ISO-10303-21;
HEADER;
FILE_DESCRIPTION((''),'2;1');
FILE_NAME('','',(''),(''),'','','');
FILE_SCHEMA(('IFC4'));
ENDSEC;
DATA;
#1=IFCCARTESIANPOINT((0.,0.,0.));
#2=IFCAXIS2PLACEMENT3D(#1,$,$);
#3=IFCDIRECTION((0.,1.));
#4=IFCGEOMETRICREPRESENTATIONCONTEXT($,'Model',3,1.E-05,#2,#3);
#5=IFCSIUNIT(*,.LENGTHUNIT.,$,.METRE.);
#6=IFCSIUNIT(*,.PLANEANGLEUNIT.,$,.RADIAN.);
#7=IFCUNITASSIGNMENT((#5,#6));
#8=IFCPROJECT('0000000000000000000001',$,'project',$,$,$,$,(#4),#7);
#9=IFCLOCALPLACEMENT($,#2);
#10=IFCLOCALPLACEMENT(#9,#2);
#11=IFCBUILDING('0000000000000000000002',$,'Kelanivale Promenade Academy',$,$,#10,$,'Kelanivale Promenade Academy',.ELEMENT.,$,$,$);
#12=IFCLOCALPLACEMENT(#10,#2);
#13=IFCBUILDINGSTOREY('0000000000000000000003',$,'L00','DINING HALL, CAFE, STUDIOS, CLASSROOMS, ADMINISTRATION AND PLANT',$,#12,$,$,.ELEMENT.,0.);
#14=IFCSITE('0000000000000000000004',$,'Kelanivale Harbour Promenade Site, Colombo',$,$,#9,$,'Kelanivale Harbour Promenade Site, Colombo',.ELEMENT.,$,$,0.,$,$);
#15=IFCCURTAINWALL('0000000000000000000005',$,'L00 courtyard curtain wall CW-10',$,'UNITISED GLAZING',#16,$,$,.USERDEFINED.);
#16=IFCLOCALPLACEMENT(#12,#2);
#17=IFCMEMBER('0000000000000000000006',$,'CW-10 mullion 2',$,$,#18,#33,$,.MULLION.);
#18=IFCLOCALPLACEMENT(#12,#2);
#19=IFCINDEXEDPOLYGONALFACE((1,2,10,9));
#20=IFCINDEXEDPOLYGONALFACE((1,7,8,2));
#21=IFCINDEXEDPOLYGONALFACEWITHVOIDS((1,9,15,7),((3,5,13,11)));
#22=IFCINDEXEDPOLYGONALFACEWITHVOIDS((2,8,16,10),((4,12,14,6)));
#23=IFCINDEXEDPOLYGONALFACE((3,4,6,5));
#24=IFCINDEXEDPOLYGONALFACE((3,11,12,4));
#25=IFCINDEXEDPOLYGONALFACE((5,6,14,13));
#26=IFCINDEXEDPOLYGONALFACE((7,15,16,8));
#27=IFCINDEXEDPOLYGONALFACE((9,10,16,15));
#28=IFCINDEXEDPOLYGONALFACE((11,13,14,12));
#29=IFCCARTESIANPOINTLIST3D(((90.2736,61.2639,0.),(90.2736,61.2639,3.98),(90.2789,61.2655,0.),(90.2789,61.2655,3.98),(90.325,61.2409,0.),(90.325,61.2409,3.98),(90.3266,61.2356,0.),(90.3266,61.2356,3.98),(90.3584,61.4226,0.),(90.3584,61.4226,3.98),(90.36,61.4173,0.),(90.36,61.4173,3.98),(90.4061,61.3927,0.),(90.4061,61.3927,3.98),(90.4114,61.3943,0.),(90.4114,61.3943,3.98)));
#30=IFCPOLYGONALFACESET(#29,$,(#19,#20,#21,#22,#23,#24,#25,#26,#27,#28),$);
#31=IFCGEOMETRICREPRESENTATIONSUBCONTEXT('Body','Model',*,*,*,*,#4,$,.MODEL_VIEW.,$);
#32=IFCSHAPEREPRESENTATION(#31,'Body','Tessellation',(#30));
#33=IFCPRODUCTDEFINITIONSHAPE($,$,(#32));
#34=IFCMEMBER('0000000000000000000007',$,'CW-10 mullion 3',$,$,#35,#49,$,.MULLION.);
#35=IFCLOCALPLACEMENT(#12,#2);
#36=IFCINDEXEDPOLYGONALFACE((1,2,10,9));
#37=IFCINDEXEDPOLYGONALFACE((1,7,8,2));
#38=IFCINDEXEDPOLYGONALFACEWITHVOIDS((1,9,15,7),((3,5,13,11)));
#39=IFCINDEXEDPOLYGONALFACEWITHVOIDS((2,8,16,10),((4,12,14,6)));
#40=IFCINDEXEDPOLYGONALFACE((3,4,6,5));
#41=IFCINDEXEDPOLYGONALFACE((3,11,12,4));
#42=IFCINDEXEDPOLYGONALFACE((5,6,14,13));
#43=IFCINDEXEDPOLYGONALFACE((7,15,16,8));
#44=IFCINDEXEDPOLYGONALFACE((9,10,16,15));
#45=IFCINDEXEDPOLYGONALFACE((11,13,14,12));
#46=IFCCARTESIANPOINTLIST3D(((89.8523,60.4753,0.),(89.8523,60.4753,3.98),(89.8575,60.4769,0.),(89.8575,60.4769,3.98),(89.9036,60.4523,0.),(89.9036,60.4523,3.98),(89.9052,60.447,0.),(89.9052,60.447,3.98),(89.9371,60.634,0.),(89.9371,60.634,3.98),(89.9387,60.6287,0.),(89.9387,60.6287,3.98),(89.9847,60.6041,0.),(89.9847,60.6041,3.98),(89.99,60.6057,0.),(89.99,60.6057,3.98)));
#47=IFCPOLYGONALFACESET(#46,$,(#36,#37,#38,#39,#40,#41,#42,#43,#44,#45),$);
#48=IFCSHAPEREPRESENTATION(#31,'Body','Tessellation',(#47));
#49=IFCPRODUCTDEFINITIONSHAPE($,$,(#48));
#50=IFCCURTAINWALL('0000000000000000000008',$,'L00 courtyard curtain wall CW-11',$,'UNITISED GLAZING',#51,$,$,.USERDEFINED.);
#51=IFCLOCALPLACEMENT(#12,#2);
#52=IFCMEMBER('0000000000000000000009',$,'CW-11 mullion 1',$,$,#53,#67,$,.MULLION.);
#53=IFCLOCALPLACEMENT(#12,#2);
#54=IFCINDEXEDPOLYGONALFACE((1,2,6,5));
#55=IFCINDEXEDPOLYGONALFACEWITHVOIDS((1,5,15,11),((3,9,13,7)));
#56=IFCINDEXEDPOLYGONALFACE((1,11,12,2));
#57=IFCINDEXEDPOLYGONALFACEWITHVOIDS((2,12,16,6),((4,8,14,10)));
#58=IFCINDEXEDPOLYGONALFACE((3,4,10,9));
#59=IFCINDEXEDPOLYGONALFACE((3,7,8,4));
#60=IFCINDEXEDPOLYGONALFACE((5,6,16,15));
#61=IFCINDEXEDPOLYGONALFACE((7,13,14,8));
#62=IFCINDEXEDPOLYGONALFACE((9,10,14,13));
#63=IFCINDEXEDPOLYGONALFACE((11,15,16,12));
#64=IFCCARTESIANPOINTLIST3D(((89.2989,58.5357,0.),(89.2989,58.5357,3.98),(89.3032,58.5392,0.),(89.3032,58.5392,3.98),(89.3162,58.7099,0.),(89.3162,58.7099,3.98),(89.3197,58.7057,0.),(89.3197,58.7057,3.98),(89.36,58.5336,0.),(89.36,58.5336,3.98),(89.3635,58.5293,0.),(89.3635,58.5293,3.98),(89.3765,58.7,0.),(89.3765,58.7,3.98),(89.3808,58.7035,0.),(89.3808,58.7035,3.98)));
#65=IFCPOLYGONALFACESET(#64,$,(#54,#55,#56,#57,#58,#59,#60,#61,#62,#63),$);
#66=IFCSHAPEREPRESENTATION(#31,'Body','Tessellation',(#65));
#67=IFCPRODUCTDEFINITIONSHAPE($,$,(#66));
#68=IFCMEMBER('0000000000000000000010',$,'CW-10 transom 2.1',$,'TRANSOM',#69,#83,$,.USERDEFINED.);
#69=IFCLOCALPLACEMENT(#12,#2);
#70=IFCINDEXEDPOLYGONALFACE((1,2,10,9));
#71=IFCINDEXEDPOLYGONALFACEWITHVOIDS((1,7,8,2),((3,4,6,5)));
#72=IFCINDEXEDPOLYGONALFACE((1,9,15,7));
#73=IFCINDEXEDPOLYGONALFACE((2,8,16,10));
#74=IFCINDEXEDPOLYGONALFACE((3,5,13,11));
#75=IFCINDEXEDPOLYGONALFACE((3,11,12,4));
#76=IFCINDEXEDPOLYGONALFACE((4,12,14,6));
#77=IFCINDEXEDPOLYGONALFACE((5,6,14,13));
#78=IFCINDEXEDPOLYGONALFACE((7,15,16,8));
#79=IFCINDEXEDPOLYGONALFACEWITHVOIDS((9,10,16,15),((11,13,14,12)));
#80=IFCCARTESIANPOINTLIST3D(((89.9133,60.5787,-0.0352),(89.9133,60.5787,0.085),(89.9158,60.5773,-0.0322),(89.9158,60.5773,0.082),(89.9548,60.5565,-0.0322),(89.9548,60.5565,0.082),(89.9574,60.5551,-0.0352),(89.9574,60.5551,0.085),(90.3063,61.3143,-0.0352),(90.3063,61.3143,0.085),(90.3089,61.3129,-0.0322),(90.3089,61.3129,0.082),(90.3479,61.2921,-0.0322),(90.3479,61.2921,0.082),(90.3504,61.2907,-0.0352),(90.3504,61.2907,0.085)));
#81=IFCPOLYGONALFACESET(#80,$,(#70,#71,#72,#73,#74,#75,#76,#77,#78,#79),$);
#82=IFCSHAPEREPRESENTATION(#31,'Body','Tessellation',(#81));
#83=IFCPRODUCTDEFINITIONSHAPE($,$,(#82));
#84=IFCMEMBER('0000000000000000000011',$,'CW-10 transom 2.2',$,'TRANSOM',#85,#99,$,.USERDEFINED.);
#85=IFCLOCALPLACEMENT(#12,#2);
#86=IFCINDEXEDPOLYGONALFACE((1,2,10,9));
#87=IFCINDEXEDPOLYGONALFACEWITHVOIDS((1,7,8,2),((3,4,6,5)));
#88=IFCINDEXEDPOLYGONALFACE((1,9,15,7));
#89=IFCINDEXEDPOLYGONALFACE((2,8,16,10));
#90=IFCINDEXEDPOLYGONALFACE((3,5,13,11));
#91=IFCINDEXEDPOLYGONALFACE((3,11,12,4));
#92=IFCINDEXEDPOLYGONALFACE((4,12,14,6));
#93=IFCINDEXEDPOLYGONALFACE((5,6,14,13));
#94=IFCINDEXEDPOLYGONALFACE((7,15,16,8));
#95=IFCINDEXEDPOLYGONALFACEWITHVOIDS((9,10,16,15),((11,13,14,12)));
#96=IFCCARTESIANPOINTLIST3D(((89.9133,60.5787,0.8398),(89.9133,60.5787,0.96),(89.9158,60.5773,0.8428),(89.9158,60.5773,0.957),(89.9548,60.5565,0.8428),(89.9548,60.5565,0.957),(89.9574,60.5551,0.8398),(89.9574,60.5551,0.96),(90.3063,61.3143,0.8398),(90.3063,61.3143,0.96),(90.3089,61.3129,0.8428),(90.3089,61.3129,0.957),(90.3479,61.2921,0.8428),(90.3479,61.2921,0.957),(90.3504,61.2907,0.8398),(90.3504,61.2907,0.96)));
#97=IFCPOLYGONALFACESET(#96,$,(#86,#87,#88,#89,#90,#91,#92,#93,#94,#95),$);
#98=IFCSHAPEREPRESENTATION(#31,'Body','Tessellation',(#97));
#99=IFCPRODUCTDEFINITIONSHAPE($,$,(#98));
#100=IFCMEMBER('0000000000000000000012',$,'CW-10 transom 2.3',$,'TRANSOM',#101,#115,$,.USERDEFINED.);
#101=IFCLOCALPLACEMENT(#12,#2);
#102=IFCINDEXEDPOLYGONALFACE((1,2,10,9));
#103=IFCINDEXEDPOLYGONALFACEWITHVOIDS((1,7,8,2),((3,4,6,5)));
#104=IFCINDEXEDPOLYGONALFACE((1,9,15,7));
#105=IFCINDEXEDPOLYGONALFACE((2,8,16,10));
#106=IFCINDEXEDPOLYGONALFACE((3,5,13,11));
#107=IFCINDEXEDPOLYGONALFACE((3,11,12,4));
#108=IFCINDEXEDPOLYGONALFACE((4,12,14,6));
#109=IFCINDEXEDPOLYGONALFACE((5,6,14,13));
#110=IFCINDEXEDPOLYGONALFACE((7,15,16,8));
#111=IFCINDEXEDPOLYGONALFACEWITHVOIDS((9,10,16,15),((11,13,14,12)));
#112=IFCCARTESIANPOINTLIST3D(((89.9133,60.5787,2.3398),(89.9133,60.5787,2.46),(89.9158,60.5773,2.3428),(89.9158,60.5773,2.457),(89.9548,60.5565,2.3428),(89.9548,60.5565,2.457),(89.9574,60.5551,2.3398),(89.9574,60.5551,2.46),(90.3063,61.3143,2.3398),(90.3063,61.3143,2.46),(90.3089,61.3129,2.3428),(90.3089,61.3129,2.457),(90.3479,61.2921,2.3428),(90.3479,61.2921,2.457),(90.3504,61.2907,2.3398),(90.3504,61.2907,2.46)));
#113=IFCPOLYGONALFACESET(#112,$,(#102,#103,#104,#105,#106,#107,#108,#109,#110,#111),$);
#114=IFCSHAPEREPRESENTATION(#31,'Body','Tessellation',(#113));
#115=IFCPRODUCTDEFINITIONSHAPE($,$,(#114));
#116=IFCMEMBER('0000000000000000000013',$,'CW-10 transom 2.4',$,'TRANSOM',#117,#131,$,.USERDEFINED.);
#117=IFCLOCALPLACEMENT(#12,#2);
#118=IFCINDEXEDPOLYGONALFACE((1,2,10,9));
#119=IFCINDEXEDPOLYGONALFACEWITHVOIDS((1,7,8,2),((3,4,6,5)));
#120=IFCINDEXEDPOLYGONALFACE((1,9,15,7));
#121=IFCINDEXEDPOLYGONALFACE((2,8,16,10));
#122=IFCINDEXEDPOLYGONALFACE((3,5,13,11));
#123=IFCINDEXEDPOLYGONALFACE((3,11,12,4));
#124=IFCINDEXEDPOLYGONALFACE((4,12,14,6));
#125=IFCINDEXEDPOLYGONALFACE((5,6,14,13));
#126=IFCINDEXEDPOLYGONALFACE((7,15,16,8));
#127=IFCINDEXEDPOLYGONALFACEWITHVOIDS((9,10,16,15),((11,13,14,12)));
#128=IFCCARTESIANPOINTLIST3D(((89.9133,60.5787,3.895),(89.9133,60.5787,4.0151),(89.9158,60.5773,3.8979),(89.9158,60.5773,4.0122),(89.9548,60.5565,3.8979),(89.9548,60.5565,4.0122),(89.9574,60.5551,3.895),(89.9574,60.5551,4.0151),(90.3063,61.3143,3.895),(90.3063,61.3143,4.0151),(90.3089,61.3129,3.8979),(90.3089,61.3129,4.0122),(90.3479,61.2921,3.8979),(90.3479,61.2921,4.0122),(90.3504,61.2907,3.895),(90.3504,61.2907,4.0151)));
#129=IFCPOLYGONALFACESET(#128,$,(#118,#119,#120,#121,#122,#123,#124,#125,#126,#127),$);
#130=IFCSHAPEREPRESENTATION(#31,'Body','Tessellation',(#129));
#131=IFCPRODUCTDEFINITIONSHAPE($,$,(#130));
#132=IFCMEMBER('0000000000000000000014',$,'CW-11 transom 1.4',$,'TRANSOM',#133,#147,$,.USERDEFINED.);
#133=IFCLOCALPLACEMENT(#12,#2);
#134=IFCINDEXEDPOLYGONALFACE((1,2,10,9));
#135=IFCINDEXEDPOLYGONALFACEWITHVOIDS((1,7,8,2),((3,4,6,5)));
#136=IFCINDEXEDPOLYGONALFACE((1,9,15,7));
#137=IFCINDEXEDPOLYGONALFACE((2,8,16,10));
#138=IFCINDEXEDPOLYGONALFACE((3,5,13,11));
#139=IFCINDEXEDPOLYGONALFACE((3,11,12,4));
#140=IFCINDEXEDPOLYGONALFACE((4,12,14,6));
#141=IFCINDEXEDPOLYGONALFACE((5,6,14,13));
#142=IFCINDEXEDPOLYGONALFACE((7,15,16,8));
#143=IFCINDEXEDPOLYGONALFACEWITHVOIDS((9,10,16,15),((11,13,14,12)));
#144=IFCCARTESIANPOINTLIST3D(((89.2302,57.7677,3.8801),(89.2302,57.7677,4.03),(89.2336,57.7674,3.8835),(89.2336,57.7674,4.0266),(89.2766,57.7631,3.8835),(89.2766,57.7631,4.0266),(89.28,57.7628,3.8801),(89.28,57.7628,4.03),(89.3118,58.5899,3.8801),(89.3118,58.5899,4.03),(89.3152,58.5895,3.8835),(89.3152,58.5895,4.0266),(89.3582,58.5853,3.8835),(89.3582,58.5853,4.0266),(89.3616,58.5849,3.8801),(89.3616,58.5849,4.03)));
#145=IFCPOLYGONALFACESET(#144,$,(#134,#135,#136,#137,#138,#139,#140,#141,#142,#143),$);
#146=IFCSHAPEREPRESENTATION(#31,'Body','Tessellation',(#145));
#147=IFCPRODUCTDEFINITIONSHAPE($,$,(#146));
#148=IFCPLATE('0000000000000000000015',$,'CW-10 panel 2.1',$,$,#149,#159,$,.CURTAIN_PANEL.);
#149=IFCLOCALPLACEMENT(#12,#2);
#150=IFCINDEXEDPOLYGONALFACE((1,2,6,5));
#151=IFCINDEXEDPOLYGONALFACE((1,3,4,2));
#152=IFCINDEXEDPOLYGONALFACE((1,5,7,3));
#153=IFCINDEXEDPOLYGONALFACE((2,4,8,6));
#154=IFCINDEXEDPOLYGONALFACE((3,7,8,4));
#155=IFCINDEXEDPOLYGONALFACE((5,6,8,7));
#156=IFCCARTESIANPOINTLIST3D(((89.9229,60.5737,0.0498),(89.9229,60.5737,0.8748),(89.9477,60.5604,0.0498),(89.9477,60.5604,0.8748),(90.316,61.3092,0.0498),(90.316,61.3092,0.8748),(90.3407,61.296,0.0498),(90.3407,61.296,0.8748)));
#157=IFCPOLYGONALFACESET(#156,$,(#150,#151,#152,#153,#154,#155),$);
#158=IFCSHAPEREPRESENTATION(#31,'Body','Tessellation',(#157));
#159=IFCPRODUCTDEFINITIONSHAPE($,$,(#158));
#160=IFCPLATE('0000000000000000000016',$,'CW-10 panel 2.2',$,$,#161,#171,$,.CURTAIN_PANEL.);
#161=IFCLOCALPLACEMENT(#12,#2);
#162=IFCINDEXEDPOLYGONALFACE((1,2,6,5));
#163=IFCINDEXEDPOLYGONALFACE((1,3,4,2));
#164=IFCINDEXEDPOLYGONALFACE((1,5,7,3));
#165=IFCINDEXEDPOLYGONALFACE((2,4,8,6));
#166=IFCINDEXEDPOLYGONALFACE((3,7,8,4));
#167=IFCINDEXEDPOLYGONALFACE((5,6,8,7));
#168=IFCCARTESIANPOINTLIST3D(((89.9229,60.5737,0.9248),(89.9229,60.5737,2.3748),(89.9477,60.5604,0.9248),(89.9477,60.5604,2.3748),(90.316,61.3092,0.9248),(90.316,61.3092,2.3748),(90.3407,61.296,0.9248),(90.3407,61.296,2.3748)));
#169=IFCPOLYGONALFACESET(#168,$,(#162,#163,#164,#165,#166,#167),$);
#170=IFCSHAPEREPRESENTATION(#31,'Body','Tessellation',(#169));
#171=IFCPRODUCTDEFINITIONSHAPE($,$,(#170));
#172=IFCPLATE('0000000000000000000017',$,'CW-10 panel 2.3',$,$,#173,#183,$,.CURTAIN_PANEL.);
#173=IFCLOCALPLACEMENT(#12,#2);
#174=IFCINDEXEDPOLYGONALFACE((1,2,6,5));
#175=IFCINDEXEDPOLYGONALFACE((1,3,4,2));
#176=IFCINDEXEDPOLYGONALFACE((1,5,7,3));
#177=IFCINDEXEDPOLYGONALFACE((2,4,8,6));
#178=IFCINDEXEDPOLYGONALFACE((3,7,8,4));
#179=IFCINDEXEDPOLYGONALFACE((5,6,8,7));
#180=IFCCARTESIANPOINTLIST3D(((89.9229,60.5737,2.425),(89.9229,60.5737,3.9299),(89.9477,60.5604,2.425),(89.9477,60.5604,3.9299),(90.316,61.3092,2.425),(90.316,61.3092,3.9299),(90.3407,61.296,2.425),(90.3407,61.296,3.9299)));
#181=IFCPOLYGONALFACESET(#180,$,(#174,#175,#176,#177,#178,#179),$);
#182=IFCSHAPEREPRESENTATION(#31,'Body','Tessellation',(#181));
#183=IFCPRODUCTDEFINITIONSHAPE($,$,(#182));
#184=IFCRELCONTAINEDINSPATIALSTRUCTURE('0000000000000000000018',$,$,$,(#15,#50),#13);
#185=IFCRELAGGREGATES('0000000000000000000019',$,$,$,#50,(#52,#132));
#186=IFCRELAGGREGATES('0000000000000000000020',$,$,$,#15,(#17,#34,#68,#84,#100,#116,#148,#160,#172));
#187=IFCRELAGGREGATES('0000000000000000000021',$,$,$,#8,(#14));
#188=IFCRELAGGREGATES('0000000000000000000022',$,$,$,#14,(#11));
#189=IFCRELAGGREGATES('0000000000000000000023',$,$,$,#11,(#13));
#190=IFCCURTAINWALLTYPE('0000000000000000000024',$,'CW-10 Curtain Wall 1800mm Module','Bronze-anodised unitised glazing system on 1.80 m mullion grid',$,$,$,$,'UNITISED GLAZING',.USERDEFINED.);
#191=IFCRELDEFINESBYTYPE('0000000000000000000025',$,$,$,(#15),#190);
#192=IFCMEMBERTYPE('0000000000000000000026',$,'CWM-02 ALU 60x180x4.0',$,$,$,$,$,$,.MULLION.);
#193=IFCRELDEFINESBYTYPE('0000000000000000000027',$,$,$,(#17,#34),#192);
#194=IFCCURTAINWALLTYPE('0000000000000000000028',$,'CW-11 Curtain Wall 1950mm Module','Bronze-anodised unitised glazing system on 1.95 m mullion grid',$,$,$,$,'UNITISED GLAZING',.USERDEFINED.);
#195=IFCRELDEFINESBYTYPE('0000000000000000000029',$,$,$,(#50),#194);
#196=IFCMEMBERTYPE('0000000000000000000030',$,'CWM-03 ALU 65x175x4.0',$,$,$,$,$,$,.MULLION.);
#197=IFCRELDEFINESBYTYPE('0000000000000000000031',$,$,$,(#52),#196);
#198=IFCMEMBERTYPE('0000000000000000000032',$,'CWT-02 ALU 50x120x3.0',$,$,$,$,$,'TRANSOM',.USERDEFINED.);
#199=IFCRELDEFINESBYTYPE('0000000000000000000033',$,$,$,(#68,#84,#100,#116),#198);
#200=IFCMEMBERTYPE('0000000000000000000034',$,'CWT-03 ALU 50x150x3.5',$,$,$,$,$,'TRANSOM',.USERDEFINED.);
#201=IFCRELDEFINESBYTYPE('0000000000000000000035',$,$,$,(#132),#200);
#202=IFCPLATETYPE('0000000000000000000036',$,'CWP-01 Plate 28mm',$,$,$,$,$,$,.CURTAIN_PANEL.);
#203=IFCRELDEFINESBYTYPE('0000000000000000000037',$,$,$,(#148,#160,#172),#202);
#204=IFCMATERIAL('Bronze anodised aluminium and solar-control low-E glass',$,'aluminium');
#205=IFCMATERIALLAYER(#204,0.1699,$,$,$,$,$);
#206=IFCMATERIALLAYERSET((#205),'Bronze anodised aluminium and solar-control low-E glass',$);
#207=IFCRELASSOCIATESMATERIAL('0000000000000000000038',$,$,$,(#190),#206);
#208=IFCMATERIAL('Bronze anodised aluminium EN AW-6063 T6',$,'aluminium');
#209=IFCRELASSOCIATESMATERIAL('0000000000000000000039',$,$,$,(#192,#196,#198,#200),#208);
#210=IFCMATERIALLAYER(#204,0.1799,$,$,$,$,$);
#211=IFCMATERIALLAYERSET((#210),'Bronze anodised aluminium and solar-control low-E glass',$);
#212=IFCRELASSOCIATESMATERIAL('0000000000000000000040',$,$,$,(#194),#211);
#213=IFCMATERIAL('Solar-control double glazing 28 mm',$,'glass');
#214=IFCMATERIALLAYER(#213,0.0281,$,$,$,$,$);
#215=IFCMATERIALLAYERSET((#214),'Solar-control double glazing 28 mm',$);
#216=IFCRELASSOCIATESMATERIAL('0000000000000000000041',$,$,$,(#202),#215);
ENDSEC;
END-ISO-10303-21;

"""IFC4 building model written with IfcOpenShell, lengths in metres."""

from ifc_helpers import new_model, si_unit, direction, frame, origin, origin_2d, place, context, subcontext, project, spatial, rectangle, hollow_rectangle, extrude, material, layer, layer_set, material_profile, profile_set, type_object, element, aggregate, save


model = new_model("IFC4")

# Units and contexts
model_context = context("Model", 3, precision=1e-05, world=origin(), true_north=direction((0.0, 1.0)))
body_context = subcontext(model_context, "Body", "Model", "MODEL_VIEW")
ifc_project = project(units=[si_unit("LENGTHUNIT", "METRE"), si_unit("PLANEANGLEUNIT", "RADIAN")], contexts=[model_context])

# Site, building, storey
site_placement = place(None, origin())
site = spatial("IfcSite", under=ifc_project, at=site_placement, Name="Kelanivale Harbour Promenade Site, Colombo", LongName="Kelanivale Harbour Promenade Site, Colombo", CompositionType="ELEMENT", RefElevation=0.0)
building_placement = place(site_placement, origin())
building = spatial("IfcBuilding", under=site, at=building_placement, Name="Kelanivale Promenade Academy", LongName="Kelanivale Promenade Academy", CompositionType="ELEMENT")
storey_placement = place(building_placement, origin())
storey = spatial("IfcBuildingStorey", under=building, at=storey_placement, Name="L00", Description="DINING HALL, CAFE, STUDIOS, CLASSROOMS, ADMINISTRATION AND PLANT", CompositionType="ELEMENT", Elevation=0.0)

# Curtain wall, members
ifc_material_1 = material(Name="Bronze anodised aluminium and solar-control low-E glass", Category="aluminium")
ifc_layer_1 = layer(ifc_material_1, 0.1699)
ifc_layer_set_1 = layer_set([ifc_layer_1], Name="Bronze anodised aluminium and solar-control low-E glass")
curtain_wall_type_1 = type_object("IfcCurtainWallType", Name="CW-10 Curtain Wall 1800mm Module", Description="Bronze-anodised unitised glazing system on 1.80 m mullion grid", ElementType="UNITISED GLAZING", PredefinedType="USERDEFINED", material=ifc_layer_set_1)
curtain_wall_1_placement = place(storey_placement, origin())
curtain_wall_1 = element("IfcCurtainWall", 1, at=curtain_wall_1_placement, inside=storey, type_object=curtain_wall_type_1, Name="L00 courtyard curtain wall CW-10", ObjectType="UNITISED GLAZING", PredefinedType="USERDEFINED")
ifc_material_2 = material(Name="Bronze anodised aluminium EN AW-6063 T6", Category="aluminium")
ifc_material_profile_1 = material_profile(ifc_material_2, hollow_rectangle(XDim=0.0601, YDim=0.1799, WallThickness=0.0039, at=origin_2d()), Name="ALU 60x180x4.0")
ifc_profile_set_1 = profile_set([ifc_material_profile_1], Name="Bronze anodised aluminium EN AW-6063 T6")
member_type_1 = type_object("IfcMemberType", Name="CWM-02 ALU 60x180x4.0", PredefinedType="MULLION", material=ifc_profile_set_1)
member_1_placement = place(storey_placement, frame((90.3425, 61.3291, 0.0), z_axis=(0.0, 0.0, 1.0), x_axis=(0.881978, -0.47129, 0.0)))
member_1 = element("IfcMember", 2, at=member_1_placement, type_object=member_type_1, Name="CW-10 mullion 2", PredefinedType="MULLION", context=body_context, shape_type="SweptSolid", body=[
    extrude(hollow_rectangle(XDim=0.0601, YDim=0.1799, WallThickness=0.0039, at=origin_2d()), origin(), (0.0, 0.0, 1.0), 3.98),
])
member_2_placement = place(storey_placement, frame((89.9211, 60.5405, 0.0), z_axis=(0.0, 0.0, 1.0), x_axis=(0.881978, -0.47129, 0.0)))
member_2 = element("IfcMember", 3, at=member_2_placement, type_object=member_type_1, Name="CW-10 mullion 3", PredefinedType="MULLION", context=body_context, shape_type="SweptSolid", body=[
    extrude(hollow_rectangle(XDim=0.0601, YDim=0.1799, WallThickness=0.0039, at=origin_2d()), origin(), (0.0, 0.0, 1.0), 3.98),
])

# Curtain wall, member
ifc_layer_2 = layer(ifc_material_1, 0.1799)
ifc_layer_set_2 = layer_set([ifc_layer_2], Name="Bronze anodised aluminium and solar-control low-E glass")
curtain_wall_type_2 = type_object("IfcCurtainWallType", Name="CW-11 Curtain Wall 1950mm Module", Description="Bronze-anodised unitised glazing system on 1.95 m mullion grid", ElementType="UNITISED GLAZING", PredefinedType="USERDEFINED", material=ifc_layer_set_2)
curtain_wall_2_placement = place(storey_placement, origin())
curtain_wall_2 = element("IfcCurtainWall", 4, at=curtain_wall_2_placement, inside=storey, type_object=curtain_wall_type_2, Name="L00 courtyard curtain wall CW-11", ObjectType="UNITISED GLAZING", PredefinedType="USERDEFINED")
ifc_material_profile_2 = material_profile(ifc_material_2, hollow_rectangle(XDim=0.0649, YDim=0.175, WallThickness=0.0039, at=origin_2d()), Name="ALU 65x175x4.0")
ifc_profile_set_2 = profile_set([ifc_material_profile_2], Name="Bronze anodised aluminium EN AW-6063 T6")
member_type_2 = type_object("IfcMemberType", Name="CWM-03 ALU 65x175x4.0", PredefinedType="MULLION", material=ifc_profile_set_2)
member_3_placement = place(storey_placement, frame((89.3398, 58.6196, 0.0), z_axis=(0.0, 0.0, 1.0), x_axis=(0.995133, -0.098539, 0.0)))
member_3 = element("IfcMember", 5, at=member_3_placement, type_object=member_type_2, Name="CW-11 mullion 1", PredefinedType="MULLION", context=body_context, shape_type="SweptSolid", body=[
    extrude(hollow_rectangle(XDim=0.0649, YDim=0.175, WallThickness=0.0039, at=origin_2d()), origin(), (0.0, 0.0, 1.0), 3.98),
])

# Members
ifc_material_profile_3 = material_profile(ifc_material_2, hollow_rectangle(XDim=0.05, YDim=0.1201, WallThickness=0.0029, at=origin_2d()), Name="ALU 50x120x3.0")
ifc_profile_set_3 = profile_set([ifc_material_profile_3], Name="Bronze anodised aluminium EN AW-6063 T6")
member_type_3 = type_object("IfcMemberType", Name="CWT-02 ALU 50x120x3.0", ElementType="TRANSOM", PredefinedType="USERDEFINED", material=ifc_profile_set_3)
member_4_placement = place(storey_placement, frame((90.3284, 61.3025, 0.0249), z_axis=(-0.471287, -0.88198, 0.0), x_axis=(0.88198, -0.471287, 0.0)))
member_4 = element("IfcMember", 6, at=member_4_placement, type_object=member_type_3, Name="CW-10 transom 2.1", ObjectType="TRANSOM", PredefinedType="USERDEFINED", context=body_context, shape_type="SweptSolid", body=[
    extrude(hollow_rectangle(XDim=0.05, YDim=0.1201, WallThickness=0.0029, at=origin_2d()), origin(), (0.0, 0.0, 1.0), 0.834),
])
member_5_placement = place(storey_placement, frame((90.3284, 61.3025, 0.8999), z_axis=(-0.471287, -0.88198, 0.0), x_axis=(0.88198, -0.471287, 0.0)))
member_5 = element("IfcMember", 7, at=member_5_placement, type_object=member_type_3, Name="CW-10 transom 2.2", ObjectType="TRANSOM", PredefinedType="USERDEFINED", context=body_context, shape_type="SweptSolid", body=[
    extrude(hollow_rectangle(XDim=0.05, YDim=0.1201, WallThickness=0.0029, at=origin_2d()), origin(), (0.0, 0.0, 1.0), 0.834),
])
member_6_placement = place(storey_placement, frame((90.3284, 61.3025, 2.3999), z_axis=(-0.471287, -0.88198, 0.0), x_axis=(0.88198, -0.471287, 0.0)))
member_6 = element("IfcMember", 8, at=member_6_placement, type_object=member_type_3, Name="CW-10 transom 2.3", ObjectType="TRANSOM", PredefinedType="USERDEFINED", context=body_context, shape_type="SweptSolid", body=[
    extrude(hollow_rectangle(XDim=0.05, YDim=0.1201, WallThickness=0.0029, at=origin_2d()), origin(), (0.0, 0.0, 1.0), 0.834),
])
member_7_placement = place(storey_placement, frame((90.3284, 61.3025, 3.9551), z_axis=(-0.471287, -0.88198, 0.0), x_axis=(0.88198, -0.471287, 0.0)))
member_7 = element("IfcMember", 9, at=member_7_placement, type_object=member_type_3, Name="CW-10 transom 2.4", ObjectType="TRANSOM", PredefinedType="USERDEFINED", context=body_context, shape_type="SweptSolid", body=[
    extrude(hollow_rectangle(XDim=0.05, YDim=0.1201, WallThickness=0.0029, at=origin_2d()), origin(), (0.0, 0.0, 1.0), 0.834),
])
ifc_material_profile_4 = material_profile(ifc_material_2, hollow_rectangle(XDim=0.05, YDim=0.1499, WallThickness=0.0034, at=origin_2d()), Name="ALU 50x150x3.5")
ifc_profile_set_4 = profile_set([ifc_material_profile_4], Name="Bronze anodised aluminium EN AW-6063 T6")
member_type_4 = type_object("IfcMemberType", Name="CWT-03 ALU 50x150x3.5", ElementType="TRANSOM", PredefinedType="USERDEFINED", material=ifc_profile_set_4)
member_8_placement = place(storey_placement, frame((89.3367, 58.5874, 3.9551), z_axis=(-0.098714, -0.995116, 0.0), x_axis=(0.995116, -0.098714, 0.0)))
member_8 = element("IfcMember", 10, at=member_8_placement, type_object=member_type_4, Name="CW-11 transom 1.4", ObjectType="TRANSOM", PredefinedType="USERDEFINED", context=body_context, shape_type="SweptSolid", body=[
    extrude(hollow_rectangle(XDim=0.05, YDim=0.1499, WallThickness=0.0034, at=origin_2d()), origin(), (0.0, 0.0, 1.0), 0.8262),
])
aggregate(curtain_wall_2, [member_3, member_8])

# Plates
ifc_material_3 = material(Name="Solar-control double glazing 28 mm", Category="glass")
ifc_layer_3 = layer(ifc_material_3, 0.0281)
ifc_layer_set_3 = layer_set([ifc_layer_3], Name="Solar-control double glazing 28 mm")
plate_type = type_object("IfcPlateType", Name="CWP-01 Plate 28mm", PredefinedType="CURTAIN_PANEL", material=ifc_layer_set_3)
plate_1_placement = place(storey_placement, frame((90.1318, 60.9348, 0.0498), z_axis=(0.0, 0.0, 1.0), x_axis=(-0.47129, -0.881978, 0.0)))
plate_1 = element("IfcPlate", 11, at=plate_1_placement, type_object=plate_type, Name="CW-10 panel 2.1", PredefinedType="CURTAIN_PANEL", context=body_context, shape_type="SweptSolid", body=[
    extrude(rectangle(XDim=0.834, YDim=0.0281, at=origin_2d()), origin(), (0.0, 0.0, 1.0), 0.825),
])
plate_2_placement = place(storey_placement, frame((90.1318, 60.9348, 0.9248), z_axis=(0.0, 0.0, 1.0), x_axis=(-0.47129, -0.881978, 0.0)))
plate_2 = element("IfcPlate", 12, at=plate_2_placement, type_object=plate_type, Name="CW-10 panel 2.2", PredefinedType="CURTAIN_PANEL", context=body_context, shape_type="SweptSolid", body=[
    extrude(rectangle(XDim=0.834, YDim=0.0281, at=origin_2d()), origin(), (0.0, 0.0, 1.0), 1.45),
])
plate_3_placement = place(storey_placement, frame((90.1318, 60.9348, 2.425), z_axis=(0.0, 0.0, 1.0), x_axis=(-0.47129, -0.881978, 0.0)))
plate_3 = element("IfcPlate", 13, at=plate_3_placement, type_object=plate_type, Name="CW-10 panel 2.3", PredefinedType="CURTAIN_PANEL", context=body_context, shape_type="SweptSolid", body=[
    extrude(rectangle(XDim=0.834, YDim=0.0281, at=origin_2d()), origin(), (0.0, 0.0, 1.0), 1.5049),
])
aggregate(curtain_wall_1, [member_1, member_2, member_4, member_5, member_6, member_7, plate_1, plate_2, plate_3])

save(model, "model.ifc")
